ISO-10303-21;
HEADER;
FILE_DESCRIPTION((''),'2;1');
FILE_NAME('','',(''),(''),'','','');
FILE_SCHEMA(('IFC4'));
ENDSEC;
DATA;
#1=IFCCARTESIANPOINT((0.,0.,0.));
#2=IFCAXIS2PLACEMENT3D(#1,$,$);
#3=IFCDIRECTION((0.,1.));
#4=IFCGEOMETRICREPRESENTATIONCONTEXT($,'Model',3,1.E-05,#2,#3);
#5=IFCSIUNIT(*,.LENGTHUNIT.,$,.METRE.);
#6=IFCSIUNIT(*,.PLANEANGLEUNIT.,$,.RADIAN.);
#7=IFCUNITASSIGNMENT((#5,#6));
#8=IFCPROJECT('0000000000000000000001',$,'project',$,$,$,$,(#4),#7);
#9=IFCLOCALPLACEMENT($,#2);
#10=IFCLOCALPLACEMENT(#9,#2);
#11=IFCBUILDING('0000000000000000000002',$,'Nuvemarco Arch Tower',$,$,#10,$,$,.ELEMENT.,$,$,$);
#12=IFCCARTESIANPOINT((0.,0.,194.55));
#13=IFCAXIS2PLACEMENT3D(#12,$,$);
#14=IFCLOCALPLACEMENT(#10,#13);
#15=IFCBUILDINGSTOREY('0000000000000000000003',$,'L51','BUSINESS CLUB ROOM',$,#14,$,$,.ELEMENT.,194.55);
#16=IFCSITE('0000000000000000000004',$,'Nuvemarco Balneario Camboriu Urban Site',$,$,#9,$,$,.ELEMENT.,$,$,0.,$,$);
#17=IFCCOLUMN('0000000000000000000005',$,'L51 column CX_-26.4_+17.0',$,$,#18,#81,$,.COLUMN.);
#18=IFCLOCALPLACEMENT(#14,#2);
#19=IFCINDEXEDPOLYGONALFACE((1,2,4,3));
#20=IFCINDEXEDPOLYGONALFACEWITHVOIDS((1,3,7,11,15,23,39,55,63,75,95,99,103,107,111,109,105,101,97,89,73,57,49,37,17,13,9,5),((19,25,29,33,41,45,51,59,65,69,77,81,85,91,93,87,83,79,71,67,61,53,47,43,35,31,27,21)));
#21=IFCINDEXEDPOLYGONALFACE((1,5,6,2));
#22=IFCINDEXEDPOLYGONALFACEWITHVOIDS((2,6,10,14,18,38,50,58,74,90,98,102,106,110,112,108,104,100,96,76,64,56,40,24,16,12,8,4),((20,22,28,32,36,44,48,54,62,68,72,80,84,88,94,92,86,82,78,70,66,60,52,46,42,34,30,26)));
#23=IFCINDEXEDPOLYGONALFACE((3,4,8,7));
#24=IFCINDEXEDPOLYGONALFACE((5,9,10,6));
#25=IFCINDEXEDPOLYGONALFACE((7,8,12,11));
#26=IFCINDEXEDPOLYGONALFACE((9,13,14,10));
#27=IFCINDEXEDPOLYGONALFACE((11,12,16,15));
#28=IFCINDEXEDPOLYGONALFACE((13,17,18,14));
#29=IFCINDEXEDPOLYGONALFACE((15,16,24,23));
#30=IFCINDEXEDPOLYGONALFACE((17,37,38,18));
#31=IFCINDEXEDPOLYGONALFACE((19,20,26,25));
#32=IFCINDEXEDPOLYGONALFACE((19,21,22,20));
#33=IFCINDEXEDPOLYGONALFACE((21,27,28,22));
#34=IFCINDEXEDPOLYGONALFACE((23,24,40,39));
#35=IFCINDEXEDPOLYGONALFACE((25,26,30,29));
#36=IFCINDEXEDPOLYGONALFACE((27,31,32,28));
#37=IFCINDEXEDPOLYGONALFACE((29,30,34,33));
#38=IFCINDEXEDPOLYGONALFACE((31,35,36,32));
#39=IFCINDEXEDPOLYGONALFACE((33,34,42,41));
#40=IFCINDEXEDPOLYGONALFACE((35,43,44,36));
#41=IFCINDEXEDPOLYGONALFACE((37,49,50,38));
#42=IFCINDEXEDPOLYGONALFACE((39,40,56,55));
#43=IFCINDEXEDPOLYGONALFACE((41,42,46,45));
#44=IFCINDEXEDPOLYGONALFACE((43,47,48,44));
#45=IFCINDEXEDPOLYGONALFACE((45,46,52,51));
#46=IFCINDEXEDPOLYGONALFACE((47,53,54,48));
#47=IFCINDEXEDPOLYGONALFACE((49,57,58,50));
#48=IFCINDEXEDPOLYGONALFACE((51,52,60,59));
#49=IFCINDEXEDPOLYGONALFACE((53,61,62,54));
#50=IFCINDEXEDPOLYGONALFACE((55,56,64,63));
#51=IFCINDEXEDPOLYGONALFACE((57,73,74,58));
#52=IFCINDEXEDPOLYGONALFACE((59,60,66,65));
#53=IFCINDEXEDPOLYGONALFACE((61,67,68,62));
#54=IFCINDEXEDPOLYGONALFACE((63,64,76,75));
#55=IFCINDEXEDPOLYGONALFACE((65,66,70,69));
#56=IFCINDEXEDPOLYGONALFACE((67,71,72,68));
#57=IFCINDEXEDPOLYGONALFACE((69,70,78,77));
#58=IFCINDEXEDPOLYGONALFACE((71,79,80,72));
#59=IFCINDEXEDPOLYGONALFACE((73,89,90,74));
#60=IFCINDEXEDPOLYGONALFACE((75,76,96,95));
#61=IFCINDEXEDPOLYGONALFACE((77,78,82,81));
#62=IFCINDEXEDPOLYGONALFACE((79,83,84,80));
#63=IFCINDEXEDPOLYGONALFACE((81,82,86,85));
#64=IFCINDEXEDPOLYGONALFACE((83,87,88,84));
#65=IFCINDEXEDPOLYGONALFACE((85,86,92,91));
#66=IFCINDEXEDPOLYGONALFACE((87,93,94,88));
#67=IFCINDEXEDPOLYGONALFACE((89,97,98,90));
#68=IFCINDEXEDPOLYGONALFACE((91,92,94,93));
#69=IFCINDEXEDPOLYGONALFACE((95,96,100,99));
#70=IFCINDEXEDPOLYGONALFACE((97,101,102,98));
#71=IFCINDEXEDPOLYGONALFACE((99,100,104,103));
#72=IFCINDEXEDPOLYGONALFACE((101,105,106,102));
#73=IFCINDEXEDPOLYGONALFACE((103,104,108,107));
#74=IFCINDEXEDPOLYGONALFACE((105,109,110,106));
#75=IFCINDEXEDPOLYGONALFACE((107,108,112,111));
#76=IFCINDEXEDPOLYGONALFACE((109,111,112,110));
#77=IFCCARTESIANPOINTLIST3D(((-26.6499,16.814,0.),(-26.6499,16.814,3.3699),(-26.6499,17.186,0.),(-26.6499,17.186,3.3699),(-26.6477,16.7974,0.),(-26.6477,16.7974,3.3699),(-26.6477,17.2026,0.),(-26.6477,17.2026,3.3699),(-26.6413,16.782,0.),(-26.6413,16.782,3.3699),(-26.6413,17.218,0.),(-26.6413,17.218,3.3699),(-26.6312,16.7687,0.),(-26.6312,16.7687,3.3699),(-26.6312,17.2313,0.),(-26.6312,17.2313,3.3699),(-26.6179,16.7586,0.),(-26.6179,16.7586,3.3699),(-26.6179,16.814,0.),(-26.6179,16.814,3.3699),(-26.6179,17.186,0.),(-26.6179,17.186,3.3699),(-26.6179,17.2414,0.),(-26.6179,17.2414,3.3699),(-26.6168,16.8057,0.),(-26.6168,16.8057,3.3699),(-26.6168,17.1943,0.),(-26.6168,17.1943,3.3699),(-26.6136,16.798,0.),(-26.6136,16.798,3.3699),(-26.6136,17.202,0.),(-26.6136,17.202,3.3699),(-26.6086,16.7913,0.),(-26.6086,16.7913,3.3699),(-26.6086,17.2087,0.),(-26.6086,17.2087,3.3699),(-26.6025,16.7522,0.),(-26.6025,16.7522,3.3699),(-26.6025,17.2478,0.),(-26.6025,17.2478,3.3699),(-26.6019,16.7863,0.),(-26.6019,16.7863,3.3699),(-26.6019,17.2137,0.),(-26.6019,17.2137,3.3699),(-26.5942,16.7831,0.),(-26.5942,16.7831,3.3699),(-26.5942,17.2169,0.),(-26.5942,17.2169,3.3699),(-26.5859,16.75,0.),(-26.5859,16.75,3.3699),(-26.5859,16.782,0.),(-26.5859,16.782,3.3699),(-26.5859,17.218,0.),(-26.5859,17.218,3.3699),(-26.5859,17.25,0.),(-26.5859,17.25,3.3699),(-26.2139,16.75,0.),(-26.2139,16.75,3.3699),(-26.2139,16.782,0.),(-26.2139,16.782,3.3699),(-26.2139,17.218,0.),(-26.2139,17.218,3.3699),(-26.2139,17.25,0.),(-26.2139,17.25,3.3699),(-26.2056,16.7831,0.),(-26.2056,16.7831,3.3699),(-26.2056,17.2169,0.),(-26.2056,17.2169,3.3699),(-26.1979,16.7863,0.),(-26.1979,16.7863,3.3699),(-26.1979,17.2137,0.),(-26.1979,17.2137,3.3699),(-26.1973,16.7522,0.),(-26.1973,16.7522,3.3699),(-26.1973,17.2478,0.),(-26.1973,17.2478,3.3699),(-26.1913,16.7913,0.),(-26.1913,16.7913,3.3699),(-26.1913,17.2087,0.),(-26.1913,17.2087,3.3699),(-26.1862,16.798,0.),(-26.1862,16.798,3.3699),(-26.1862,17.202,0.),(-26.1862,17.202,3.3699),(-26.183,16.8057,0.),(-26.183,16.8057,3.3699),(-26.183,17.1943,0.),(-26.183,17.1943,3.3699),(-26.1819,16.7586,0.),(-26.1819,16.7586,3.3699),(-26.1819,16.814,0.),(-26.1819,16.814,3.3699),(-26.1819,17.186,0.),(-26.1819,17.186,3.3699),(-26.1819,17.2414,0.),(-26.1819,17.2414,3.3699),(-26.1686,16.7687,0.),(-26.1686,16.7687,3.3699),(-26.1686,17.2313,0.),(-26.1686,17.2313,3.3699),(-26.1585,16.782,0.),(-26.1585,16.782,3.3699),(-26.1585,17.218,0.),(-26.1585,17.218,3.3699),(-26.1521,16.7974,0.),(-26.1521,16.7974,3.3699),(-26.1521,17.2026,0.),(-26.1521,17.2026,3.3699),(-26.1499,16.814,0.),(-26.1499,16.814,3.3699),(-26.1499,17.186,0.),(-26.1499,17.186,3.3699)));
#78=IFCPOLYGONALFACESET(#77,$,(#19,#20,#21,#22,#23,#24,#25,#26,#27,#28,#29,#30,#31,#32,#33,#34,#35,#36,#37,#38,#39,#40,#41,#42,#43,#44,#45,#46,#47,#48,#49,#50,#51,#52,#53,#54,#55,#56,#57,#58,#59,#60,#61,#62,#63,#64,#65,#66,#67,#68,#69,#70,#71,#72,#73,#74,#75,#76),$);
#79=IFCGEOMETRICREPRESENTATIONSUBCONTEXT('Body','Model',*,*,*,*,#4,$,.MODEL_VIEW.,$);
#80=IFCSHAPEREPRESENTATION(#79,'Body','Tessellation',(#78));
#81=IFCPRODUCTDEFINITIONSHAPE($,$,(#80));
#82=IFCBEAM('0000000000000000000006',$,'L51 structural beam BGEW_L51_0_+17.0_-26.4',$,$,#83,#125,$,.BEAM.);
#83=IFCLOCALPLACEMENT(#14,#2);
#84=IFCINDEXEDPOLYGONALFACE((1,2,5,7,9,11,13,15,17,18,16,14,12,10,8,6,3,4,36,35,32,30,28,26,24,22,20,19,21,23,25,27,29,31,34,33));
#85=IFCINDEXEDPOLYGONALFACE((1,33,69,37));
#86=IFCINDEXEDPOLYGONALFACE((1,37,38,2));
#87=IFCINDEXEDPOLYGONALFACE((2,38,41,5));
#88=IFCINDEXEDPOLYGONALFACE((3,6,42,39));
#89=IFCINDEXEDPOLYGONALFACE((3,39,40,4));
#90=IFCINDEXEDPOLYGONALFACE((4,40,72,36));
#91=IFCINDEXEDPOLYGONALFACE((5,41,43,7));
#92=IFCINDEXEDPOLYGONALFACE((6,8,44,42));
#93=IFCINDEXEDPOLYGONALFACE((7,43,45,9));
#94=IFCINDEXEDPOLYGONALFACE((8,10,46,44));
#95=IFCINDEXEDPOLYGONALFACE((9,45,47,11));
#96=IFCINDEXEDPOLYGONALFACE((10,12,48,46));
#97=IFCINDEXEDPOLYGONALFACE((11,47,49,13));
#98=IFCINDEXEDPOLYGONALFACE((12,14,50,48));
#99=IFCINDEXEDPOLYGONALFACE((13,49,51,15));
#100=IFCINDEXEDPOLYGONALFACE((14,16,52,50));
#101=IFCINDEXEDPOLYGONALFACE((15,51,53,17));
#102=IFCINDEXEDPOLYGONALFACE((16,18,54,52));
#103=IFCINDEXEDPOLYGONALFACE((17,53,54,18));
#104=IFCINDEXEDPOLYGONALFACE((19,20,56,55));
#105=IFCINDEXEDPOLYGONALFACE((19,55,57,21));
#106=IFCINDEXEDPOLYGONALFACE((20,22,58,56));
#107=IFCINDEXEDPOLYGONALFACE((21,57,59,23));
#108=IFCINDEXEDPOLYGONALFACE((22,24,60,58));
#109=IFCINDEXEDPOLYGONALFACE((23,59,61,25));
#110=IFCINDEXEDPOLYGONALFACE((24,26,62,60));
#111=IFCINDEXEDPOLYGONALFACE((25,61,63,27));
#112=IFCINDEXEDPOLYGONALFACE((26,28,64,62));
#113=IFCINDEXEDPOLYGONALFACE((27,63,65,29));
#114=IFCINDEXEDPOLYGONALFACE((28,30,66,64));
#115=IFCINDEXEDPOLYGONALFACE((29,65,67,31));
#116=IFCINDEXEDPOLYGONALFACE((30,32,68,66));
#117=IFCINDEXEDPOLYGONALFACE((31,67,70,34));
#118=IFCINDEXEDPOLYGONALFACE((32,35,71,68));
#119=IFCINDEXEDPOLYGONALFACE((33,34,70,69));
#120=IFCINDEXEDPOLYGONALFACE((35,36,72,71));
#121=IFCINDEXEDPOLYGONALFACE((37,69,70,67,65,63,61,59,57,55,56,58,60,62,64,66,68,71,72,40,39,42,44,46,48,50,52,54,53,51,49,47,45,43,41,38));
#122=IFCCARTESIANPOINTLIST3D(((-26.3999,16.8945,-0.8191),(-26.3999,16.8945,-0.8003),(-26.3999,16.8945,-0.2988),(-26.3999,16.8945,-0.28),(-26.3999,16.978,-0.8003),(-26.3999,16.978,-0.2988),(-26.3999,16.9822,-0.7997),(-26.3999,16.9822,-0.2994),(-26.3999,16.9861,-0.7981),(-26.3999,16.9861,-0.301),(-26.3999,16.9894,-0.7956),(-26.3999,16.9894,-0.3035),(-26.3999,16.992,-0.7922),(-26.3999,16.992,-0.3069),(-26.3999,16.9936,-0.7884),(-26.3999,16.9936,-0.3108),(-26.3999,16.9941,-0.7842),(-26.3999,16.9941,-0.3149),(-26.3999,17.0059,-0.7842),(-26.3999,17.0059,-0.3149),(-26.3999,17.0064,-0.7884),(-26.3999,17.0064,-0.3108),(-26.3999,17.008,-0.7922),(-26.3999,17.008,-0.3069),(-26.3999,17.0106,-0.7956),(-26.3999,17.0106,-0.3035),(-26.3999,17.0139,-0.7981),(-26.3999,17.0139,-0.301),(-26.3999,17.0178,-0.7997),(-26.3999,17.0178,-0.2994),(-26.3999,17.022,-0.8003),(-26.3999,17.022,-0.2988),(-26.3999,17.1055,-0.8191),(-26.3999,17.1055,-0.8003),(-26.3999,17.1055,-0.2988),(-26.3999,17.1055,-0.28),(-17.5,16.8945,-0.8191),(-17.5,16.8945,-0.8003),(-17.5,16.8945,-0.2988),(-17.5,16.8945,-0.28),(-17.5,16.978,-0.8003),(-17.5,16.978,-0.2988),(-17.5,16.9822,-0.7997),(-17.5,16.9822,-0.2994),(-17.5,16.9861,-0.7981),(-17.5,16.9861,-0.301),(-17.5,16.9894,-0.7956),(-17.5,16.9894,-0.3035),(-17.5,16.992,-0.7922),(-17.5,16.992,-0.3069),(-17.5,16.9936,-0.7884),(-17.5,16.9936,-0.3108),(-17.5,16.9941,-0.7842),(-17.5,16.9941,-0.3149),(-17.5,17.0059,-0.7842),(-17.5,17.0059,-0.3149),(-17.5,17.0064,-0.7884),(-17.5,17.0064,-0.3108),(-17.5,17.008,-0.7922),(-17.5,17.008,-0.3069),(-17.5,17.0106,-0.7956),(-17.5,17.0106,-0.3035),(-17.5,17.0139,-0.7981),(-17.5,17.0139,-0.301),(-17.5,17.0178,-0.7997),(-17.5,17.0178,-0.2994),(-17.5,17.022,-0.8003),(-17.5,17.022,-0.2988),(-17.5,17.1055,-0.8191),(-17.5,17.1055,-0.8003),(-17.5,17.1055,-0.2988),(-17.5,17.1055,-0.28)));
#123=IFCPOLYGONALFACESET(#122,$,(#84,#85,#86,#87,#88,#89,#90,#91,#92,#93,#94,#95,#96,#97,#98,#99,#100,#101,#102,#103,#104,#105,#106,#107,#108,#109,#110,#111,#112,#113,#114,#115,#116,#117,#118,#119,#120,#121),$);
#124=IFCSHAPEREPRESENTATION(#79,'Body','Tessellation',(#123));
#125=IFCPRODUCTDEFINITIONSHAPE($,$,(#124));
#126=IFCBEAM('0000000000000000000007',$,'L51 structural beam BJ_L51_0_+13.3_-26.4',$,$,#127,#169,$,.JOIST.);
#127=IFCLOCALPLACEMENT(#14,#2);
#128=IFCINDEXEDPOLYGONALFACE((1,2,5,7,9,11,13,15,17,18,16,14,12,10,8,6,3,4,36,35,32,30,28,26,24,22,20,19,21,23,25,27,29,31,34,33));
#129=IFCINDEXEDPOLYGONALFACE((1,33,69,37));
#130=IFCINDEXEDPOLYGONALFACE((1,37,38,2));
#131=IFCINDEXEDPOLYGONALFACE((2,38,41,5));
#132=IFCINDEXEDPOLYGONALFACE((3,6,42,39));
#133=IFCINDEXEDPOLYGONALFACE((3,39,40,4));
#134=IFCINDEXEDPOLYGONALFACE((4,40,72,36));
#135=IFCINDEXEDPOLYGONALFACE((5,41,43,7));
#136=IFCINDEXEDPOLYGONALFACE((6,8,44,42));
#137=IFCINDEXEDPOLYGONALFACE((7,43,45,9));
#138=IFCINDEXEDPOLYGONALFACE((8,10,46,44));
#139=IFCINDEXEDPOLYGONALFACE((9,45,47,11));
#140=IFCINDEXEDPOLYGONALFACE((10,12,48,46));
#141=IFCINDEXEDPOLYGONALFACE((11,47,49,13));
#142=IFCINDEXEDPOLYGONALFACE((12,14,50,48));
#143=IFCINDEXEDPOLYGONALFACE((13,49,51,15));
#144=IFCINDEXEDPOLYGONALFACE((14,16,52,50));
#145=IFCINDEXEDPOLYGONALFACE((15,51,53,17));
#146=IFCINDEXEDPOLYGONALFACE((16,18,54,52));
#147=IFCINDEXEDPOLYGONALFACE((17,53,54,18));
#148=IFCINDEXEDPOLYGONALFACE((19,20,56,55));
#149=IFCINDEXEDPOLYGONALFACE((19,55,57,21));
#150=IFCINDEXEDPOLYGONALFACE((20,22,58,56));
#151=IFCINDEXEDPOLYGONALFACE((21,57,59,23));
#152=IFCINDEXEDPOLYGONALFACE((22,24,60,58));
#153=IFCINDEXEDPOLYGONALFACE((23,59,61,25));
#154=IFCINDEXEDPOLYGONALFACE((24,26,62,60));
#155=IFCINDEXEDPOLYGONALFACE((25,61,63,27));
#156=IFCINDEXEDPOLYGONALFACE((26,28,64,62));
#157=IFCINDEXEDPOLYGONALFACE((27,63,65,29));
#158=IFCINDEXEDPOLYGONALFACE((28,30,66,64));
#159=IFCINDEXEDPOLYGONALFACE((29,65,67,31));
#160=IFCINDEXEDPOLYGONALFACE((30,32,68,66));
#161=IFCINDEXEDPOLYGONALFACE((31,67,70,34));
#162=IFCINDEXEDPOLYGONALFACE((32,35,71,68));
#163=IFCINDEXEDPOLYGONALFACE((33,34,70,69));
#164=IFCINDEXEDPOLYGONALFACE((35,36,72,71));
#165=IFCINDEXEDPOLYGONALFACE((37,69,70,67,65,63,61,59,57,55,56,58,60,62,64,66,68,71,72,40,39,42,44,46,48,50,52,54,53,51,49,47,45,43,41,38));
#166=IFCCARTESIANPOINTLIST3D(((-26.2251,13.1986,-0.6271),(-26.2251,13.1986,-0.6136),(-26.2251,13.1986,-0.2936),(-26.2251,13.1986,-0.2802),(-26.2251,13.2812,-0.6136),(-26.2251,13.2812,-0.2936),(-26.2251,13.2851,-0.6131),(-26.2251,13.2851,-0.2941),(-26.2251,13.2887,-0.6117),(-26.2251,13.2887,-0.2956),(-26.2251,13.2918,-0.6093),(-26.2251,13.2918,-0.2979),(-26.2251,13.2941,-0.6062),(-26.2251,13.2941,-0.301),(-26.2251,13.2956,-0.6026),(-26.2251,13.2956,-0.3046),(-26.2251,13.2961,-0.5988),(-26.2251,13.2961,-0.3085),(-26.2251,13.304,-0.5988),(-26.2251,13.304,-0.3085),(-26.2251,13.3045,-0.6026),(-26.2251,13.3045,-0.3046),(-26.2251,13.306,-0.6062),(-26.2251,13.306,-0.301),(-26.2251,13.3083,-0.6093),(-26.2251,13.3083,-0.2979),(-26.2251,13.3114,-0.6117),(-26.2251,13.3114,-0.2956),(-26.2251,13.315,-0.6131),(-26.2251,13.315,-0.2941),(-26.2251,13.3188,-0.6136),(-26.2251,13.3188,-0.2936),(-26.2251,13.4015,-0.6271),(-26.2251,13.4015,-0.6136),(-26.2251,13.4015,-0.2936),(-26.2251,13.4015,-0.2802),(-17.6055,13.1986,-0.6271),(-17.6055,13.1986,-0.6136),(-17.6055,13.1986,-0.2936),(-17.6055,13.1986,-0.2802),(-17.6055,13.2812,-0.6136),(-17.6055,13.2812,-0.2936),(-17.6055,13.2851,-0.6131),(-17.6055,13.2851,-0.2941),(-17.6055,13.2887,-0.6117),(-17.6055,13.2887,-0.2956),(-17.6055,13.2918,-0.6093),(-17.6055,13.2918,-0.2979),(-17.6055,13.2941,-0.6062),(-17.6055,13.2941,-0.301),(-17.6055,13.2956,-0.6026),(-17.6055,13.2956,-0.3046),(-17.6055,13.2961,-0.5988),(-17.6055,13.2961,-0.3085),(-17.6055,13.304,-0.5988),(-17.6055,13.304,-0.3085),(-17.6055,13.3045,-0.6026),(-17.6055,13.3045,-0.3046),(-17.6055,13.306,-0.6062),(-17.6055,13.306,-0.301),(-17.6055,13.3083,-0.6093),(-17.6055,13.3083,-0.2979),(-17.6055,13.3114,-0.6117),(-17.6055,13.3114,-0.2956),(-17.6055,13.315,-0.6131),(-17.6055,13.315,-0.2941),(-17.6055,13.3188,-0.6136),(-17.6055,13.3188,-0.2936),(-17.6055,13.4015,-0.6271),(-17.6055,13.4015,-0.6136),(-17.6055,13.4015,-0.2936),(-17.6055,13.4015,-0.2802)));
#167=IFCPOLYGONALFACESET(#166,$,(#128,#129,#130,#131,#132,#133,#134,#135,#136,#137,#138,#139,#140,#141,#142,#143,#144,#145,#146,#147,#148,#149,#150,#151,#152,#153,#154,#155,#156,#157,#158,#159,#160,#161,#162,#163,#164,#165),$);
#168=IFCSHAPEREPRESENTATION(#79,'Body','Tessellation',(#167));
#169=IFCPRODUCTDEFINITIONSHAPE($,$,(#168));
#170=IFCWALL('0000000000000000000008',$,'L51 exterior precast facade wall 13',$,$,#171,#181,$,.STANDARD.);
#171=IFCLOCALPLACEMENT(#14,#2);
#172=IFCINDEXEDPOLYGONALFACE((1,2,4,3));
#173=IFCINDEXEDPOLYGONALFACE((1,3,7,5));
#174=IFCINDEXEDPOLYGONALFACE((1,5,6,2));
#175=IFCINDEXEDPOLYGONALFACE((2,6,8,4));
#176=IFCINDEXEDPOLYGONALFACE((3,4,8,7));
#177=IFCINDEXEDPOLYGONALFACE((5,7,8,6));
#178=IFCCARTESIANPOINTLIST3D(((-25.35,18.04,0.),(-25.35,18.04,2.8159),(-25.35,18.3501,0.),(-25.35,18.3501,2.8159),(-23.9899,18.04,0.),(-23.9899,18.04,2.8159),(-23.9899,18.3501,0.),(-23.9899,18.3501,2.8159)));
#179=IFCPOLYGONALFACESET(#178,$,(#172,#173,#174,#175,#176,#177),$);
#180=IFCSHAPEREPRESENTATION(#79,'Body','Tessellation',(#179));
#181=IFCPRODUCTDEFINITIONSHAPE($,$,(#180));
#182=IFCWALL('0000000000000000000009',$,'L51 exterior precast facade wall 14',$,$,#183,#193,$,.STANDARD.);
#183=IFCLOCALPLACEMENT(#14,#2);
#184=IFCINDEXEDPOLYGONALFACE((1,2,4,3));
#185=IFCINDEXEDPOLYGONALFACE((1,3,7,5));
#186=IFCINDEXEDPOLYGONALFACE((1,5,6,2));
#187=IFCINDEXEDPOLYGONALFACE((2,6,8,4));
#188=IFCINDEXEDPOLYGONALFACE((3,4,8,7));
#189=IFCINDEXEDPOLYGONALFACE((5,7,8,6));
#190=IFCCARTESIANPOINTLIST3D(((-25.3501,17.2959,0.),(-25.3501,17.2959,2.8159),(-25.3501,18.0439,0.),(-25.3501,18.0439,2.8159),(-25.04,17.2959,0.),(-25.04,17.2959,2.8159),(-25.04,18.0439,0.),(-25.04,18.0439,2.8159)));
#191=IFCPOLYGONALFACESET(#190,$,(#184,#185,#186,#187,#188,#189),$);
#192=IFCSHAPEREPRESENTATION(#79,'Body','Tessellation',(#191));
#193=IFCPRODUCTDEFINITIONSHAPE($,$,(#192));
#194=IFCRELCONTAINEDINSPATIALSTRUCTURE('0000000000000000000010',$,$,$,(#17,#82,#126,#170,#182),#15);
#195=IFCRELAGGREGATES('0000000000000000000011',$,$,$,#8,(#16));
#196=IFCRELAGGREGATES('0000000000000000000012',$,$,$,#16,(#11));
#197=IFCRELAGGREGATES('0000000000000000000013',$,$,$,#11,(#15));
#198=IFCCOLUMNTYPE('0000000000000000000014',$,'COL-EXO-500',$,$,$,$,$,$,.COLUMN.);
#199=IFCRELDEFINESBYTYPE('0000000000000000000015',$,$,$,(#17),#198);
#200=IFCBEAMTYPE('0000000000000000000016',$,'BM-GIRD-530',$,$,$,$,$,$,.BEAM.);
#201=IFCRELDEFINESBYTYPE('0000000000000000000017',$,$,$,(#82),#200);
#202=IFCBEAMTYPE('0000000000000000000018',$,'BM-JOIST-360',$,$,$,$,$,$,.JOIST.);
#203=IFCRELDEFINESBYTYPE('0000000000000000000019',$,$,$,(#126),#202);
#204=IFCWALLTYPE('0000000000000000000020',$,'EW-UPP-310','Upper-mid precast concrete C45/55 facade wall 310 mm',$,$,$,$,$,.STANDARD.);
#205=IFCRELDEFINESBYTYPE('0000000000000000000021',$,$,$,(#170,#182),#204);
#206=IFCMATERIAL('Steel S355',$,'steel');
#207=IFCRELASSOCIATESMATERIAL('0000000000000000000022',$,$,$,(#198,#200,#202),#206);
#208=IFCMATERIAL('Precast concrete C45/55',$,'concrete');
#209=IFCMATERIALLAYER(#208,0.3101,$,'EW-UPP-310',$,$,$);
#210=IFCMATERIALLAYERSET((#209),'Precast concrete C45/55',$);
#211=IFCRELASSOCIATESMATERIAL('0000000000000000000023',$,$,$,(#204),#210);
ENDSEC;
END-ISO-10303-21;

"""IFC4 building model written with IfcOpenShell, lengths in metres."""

from ifc_helpers import new_model, si_unit, direction, frame, frame_2d, origin, origin_2d, place, context, subcontext, project, spatial, rectangle, hollow_rectangle, i_section, extrude, material, layer, layer_set, material_profile, profile_set, type_object, element, save


model = new_model("IFC4")

# Units and contexts
model_context = context("Model", 3, precision=1e-05, world=origin(), true_north=direction((0.0, 1.0)))
body_context = subcontext(model_context, "Body", "Model", "MODEL_VIEW")
ifc_project = project(units=[si_unit("LENGTHUNIT", "METRE"), si_unit("PLANEANGLEUNIT", "RADIAN")], contexts=[model_context])

# Site, building, storey
site_placement = place(None, origin())
site = spatial("IfcSite", under=ifc_project, at=site_placement, Name="Nuvemarco Balneario Camboriu Urban Site", CompositionType="ELEMENT", RefElevation=0.0)
building_placement = place(site_placement, origin())
building = spatial("IfcBuilding", under=site, at=building_placement, Name="Nuvemarco Arch Tower", CompositionType="ELEMENT")
storey_placement = place(building_placement, frame((0.0, 0.0, 194.55)))
storey = spatial("IfcBuildingStorey", under=building, at=storey_placement, Name="L51", Description="BUSINESS CLUB ROOM", CompositionType="ELEMENT", Elevation=194.55)

# Column
ifc_material_1 = material(Name="Steel S355", Category="steel")
ifc_material_profile_1 = material_profile(ifc_material_1, hollow_rectangle(XDim=0.5, YDim=0.5, WallThickness=0.032, InnerFilletRadius=0.032, OuterFilletRadius=0.064, at=origin_2d()), Name="SHS500x500x32")
ifc_profile_set_1 = profile_set([ifc_material_profile_1], Name="Steel S355")
column_type = type_object("IfcColumnType", Name="COL-EXO-500", PredefinedType="COLUMN", material=ifc_profile_set_1)
column_placement = place(storey_placement, frame((-26.3999, 17.0, 0.0), z_axis=(0.0, 0.0, 1.0), x_axis=(1.0, 0.0, 0.0)))
element("IfcColumn", 1, at=column_placement, inside=storey, type_object=column_type, Name="L51 column CX_-26.4_+17.0", PredefinedType="COLUMN", context=body_context, shape_type="SweptSolid", body=[
    extrude(hollow_rectangle(XDim=0.5, YDim=0.5, WallThickness=0.032, InnerFilletRadius=0.032, OuterFilletRadius=0.064, at=origin_2d()), origin(), (0.0, 0.0, 1.0), 3.3699),
])

# Beams
ifc_material_profile_2 = material_profile(ifc_material_1, i_section(OverallWidth=0.2109, OverallDepth=0.5391, WebThickness=0.0117, FlangeThickness=0.0188, FilletRadius=0.0161, at=origin_2d()), Name="W530x109")
ifc_profile_set_2 = profile_set([ifc_material_profile_2], Name="Steel S355")
beam_type_1 = type_object("IfcBeamType", Name="BM-GIRD-530", PredefinedType="BEAM", material=ifc_profile_set_2)
beam_1_placement = place(storey_placement, frame((-26.3999, 17.0, -0.5496), z_axis=(1.0, 0.0, 0.0), x_axis=(0.0, 1.0, 0.0)))
element("IfcBeam", 2, at=beam_1_placement, inside=storey, type_object=beam_type_1, Name="L51 structural beam BGEW_L51_0_+17.0_-26.4", PredefinedType="BEAM", context=body_context, shape_type="SweptSolid", body=[
    extrude(i_section(OverallWidth=0.2109, OverallDepth=0.5391, WebThickness=0.0117, FlangeThickness=0.0188, FilletRadius=0.0161, at=origin_2d()), origin(), (0.0, 0.0, 1.0), 8.8999),
])
ifc_material_profile_3 = material_profile(ifc_material_1, i_section(OverallWidth=0.2029, OverallDepth=0.3469, WebThickness=0.0078, FlangeThickness=0.0134, FilletRadius=0.0149, at=origin_2d()), Name="W360x64")
ifc_profile_set_3 = profile_set([ifc_material_profile_3], Name="Steel S355")
beam_type_2 = type_object("IfcBeamType", Name="BM-JOIST-360", PredefinedType="JOIST", material=ifc_profile_set_3)
beam_2_placement = place(storey_placement, frame((-26.2251, 13.3, -0.4536), z_axis=(1.0, 0.0, 0.0), x_axis=(0.0, 1.0, 0.0)))
element("IfcBeam", 3, at=beam_2_placement, inside=storey, type_object=beam_type_2, Name="L51 structural beam BJ_L51_0_+13.3_-26.4", PredefinedType="JOIST", context=body_context, shape_type="SweptSolid", body=[
    extrude(i_section(OverallWidth=0.2029, OverallDepth=0.3469, WebThickness=0.0078, FlangeThickness=0.0134, FilletRadius=0.0149, at=origin_2d()), origin(), (0.0, 0.0, 1.0), 8.6196),
])

# Shared definitions
ifc_material_2 = material(Name="Precast concrete C45/55", Category="concrete")
ifc_layer_1 = layer(ifc_material_2, 0.3101, Name="EW-UPP-310")
ifc_layer_set_1 = layer_set([ifc_layer_1], Name="Precast concrete C45/55")
wall_type_1 = type_object("IfcWallType", Name="EW-UPP-310", Description="Upper-mid precast concrete C45/55 facade wall 310 mm", PredefinedType="STANDARD", material=ifc_layer_set_1)

# Walls
wall_1_placement = place(storey_placement, frame((-25.3501, 18.1951, 0.0), z_axis=(0.0, 0.0, 1.0), x_axis=(1.0, 0.0, 0.0)))
element("IfcWall", 4, at=wall_1_placement, inside=storey, type_object=wall_type_1, Name="L51 exterior precast facade wall 13", PredefinedType="STANDARD", context=body_context, shape_type="SweptSolid", body=[
    extrude(rectangle(XDim=1.3601, YDim=0.3101, at=frame_2d((0.6802, 0.0))), origin(), (0.0, 0.0, 1.0), 2.8159),
])
wall_2_placement = place(storey_placement, frame((-25.1951, 17.2959, 0.0), z_axis=(0.0, 0.0, 1.0), x_axis=(0.0, 1.0, 0.0)))
element("IfcWall", 5, at=wall_2_placement, inside=storey, type_object=wall_type_1, Name="L51 exterior precast facade wall 14", PredefinedType="STANDARD", context=body_context, shape_type="SweptSolid", body=[
    extrude(rectangle(XDim=0.748, YDim=0.3101, at=frame_2d((0.374, 0.0))), origin(), (0.0, 0.0, 1.0), 2.8159),
])

save(model, "model.ifc")
